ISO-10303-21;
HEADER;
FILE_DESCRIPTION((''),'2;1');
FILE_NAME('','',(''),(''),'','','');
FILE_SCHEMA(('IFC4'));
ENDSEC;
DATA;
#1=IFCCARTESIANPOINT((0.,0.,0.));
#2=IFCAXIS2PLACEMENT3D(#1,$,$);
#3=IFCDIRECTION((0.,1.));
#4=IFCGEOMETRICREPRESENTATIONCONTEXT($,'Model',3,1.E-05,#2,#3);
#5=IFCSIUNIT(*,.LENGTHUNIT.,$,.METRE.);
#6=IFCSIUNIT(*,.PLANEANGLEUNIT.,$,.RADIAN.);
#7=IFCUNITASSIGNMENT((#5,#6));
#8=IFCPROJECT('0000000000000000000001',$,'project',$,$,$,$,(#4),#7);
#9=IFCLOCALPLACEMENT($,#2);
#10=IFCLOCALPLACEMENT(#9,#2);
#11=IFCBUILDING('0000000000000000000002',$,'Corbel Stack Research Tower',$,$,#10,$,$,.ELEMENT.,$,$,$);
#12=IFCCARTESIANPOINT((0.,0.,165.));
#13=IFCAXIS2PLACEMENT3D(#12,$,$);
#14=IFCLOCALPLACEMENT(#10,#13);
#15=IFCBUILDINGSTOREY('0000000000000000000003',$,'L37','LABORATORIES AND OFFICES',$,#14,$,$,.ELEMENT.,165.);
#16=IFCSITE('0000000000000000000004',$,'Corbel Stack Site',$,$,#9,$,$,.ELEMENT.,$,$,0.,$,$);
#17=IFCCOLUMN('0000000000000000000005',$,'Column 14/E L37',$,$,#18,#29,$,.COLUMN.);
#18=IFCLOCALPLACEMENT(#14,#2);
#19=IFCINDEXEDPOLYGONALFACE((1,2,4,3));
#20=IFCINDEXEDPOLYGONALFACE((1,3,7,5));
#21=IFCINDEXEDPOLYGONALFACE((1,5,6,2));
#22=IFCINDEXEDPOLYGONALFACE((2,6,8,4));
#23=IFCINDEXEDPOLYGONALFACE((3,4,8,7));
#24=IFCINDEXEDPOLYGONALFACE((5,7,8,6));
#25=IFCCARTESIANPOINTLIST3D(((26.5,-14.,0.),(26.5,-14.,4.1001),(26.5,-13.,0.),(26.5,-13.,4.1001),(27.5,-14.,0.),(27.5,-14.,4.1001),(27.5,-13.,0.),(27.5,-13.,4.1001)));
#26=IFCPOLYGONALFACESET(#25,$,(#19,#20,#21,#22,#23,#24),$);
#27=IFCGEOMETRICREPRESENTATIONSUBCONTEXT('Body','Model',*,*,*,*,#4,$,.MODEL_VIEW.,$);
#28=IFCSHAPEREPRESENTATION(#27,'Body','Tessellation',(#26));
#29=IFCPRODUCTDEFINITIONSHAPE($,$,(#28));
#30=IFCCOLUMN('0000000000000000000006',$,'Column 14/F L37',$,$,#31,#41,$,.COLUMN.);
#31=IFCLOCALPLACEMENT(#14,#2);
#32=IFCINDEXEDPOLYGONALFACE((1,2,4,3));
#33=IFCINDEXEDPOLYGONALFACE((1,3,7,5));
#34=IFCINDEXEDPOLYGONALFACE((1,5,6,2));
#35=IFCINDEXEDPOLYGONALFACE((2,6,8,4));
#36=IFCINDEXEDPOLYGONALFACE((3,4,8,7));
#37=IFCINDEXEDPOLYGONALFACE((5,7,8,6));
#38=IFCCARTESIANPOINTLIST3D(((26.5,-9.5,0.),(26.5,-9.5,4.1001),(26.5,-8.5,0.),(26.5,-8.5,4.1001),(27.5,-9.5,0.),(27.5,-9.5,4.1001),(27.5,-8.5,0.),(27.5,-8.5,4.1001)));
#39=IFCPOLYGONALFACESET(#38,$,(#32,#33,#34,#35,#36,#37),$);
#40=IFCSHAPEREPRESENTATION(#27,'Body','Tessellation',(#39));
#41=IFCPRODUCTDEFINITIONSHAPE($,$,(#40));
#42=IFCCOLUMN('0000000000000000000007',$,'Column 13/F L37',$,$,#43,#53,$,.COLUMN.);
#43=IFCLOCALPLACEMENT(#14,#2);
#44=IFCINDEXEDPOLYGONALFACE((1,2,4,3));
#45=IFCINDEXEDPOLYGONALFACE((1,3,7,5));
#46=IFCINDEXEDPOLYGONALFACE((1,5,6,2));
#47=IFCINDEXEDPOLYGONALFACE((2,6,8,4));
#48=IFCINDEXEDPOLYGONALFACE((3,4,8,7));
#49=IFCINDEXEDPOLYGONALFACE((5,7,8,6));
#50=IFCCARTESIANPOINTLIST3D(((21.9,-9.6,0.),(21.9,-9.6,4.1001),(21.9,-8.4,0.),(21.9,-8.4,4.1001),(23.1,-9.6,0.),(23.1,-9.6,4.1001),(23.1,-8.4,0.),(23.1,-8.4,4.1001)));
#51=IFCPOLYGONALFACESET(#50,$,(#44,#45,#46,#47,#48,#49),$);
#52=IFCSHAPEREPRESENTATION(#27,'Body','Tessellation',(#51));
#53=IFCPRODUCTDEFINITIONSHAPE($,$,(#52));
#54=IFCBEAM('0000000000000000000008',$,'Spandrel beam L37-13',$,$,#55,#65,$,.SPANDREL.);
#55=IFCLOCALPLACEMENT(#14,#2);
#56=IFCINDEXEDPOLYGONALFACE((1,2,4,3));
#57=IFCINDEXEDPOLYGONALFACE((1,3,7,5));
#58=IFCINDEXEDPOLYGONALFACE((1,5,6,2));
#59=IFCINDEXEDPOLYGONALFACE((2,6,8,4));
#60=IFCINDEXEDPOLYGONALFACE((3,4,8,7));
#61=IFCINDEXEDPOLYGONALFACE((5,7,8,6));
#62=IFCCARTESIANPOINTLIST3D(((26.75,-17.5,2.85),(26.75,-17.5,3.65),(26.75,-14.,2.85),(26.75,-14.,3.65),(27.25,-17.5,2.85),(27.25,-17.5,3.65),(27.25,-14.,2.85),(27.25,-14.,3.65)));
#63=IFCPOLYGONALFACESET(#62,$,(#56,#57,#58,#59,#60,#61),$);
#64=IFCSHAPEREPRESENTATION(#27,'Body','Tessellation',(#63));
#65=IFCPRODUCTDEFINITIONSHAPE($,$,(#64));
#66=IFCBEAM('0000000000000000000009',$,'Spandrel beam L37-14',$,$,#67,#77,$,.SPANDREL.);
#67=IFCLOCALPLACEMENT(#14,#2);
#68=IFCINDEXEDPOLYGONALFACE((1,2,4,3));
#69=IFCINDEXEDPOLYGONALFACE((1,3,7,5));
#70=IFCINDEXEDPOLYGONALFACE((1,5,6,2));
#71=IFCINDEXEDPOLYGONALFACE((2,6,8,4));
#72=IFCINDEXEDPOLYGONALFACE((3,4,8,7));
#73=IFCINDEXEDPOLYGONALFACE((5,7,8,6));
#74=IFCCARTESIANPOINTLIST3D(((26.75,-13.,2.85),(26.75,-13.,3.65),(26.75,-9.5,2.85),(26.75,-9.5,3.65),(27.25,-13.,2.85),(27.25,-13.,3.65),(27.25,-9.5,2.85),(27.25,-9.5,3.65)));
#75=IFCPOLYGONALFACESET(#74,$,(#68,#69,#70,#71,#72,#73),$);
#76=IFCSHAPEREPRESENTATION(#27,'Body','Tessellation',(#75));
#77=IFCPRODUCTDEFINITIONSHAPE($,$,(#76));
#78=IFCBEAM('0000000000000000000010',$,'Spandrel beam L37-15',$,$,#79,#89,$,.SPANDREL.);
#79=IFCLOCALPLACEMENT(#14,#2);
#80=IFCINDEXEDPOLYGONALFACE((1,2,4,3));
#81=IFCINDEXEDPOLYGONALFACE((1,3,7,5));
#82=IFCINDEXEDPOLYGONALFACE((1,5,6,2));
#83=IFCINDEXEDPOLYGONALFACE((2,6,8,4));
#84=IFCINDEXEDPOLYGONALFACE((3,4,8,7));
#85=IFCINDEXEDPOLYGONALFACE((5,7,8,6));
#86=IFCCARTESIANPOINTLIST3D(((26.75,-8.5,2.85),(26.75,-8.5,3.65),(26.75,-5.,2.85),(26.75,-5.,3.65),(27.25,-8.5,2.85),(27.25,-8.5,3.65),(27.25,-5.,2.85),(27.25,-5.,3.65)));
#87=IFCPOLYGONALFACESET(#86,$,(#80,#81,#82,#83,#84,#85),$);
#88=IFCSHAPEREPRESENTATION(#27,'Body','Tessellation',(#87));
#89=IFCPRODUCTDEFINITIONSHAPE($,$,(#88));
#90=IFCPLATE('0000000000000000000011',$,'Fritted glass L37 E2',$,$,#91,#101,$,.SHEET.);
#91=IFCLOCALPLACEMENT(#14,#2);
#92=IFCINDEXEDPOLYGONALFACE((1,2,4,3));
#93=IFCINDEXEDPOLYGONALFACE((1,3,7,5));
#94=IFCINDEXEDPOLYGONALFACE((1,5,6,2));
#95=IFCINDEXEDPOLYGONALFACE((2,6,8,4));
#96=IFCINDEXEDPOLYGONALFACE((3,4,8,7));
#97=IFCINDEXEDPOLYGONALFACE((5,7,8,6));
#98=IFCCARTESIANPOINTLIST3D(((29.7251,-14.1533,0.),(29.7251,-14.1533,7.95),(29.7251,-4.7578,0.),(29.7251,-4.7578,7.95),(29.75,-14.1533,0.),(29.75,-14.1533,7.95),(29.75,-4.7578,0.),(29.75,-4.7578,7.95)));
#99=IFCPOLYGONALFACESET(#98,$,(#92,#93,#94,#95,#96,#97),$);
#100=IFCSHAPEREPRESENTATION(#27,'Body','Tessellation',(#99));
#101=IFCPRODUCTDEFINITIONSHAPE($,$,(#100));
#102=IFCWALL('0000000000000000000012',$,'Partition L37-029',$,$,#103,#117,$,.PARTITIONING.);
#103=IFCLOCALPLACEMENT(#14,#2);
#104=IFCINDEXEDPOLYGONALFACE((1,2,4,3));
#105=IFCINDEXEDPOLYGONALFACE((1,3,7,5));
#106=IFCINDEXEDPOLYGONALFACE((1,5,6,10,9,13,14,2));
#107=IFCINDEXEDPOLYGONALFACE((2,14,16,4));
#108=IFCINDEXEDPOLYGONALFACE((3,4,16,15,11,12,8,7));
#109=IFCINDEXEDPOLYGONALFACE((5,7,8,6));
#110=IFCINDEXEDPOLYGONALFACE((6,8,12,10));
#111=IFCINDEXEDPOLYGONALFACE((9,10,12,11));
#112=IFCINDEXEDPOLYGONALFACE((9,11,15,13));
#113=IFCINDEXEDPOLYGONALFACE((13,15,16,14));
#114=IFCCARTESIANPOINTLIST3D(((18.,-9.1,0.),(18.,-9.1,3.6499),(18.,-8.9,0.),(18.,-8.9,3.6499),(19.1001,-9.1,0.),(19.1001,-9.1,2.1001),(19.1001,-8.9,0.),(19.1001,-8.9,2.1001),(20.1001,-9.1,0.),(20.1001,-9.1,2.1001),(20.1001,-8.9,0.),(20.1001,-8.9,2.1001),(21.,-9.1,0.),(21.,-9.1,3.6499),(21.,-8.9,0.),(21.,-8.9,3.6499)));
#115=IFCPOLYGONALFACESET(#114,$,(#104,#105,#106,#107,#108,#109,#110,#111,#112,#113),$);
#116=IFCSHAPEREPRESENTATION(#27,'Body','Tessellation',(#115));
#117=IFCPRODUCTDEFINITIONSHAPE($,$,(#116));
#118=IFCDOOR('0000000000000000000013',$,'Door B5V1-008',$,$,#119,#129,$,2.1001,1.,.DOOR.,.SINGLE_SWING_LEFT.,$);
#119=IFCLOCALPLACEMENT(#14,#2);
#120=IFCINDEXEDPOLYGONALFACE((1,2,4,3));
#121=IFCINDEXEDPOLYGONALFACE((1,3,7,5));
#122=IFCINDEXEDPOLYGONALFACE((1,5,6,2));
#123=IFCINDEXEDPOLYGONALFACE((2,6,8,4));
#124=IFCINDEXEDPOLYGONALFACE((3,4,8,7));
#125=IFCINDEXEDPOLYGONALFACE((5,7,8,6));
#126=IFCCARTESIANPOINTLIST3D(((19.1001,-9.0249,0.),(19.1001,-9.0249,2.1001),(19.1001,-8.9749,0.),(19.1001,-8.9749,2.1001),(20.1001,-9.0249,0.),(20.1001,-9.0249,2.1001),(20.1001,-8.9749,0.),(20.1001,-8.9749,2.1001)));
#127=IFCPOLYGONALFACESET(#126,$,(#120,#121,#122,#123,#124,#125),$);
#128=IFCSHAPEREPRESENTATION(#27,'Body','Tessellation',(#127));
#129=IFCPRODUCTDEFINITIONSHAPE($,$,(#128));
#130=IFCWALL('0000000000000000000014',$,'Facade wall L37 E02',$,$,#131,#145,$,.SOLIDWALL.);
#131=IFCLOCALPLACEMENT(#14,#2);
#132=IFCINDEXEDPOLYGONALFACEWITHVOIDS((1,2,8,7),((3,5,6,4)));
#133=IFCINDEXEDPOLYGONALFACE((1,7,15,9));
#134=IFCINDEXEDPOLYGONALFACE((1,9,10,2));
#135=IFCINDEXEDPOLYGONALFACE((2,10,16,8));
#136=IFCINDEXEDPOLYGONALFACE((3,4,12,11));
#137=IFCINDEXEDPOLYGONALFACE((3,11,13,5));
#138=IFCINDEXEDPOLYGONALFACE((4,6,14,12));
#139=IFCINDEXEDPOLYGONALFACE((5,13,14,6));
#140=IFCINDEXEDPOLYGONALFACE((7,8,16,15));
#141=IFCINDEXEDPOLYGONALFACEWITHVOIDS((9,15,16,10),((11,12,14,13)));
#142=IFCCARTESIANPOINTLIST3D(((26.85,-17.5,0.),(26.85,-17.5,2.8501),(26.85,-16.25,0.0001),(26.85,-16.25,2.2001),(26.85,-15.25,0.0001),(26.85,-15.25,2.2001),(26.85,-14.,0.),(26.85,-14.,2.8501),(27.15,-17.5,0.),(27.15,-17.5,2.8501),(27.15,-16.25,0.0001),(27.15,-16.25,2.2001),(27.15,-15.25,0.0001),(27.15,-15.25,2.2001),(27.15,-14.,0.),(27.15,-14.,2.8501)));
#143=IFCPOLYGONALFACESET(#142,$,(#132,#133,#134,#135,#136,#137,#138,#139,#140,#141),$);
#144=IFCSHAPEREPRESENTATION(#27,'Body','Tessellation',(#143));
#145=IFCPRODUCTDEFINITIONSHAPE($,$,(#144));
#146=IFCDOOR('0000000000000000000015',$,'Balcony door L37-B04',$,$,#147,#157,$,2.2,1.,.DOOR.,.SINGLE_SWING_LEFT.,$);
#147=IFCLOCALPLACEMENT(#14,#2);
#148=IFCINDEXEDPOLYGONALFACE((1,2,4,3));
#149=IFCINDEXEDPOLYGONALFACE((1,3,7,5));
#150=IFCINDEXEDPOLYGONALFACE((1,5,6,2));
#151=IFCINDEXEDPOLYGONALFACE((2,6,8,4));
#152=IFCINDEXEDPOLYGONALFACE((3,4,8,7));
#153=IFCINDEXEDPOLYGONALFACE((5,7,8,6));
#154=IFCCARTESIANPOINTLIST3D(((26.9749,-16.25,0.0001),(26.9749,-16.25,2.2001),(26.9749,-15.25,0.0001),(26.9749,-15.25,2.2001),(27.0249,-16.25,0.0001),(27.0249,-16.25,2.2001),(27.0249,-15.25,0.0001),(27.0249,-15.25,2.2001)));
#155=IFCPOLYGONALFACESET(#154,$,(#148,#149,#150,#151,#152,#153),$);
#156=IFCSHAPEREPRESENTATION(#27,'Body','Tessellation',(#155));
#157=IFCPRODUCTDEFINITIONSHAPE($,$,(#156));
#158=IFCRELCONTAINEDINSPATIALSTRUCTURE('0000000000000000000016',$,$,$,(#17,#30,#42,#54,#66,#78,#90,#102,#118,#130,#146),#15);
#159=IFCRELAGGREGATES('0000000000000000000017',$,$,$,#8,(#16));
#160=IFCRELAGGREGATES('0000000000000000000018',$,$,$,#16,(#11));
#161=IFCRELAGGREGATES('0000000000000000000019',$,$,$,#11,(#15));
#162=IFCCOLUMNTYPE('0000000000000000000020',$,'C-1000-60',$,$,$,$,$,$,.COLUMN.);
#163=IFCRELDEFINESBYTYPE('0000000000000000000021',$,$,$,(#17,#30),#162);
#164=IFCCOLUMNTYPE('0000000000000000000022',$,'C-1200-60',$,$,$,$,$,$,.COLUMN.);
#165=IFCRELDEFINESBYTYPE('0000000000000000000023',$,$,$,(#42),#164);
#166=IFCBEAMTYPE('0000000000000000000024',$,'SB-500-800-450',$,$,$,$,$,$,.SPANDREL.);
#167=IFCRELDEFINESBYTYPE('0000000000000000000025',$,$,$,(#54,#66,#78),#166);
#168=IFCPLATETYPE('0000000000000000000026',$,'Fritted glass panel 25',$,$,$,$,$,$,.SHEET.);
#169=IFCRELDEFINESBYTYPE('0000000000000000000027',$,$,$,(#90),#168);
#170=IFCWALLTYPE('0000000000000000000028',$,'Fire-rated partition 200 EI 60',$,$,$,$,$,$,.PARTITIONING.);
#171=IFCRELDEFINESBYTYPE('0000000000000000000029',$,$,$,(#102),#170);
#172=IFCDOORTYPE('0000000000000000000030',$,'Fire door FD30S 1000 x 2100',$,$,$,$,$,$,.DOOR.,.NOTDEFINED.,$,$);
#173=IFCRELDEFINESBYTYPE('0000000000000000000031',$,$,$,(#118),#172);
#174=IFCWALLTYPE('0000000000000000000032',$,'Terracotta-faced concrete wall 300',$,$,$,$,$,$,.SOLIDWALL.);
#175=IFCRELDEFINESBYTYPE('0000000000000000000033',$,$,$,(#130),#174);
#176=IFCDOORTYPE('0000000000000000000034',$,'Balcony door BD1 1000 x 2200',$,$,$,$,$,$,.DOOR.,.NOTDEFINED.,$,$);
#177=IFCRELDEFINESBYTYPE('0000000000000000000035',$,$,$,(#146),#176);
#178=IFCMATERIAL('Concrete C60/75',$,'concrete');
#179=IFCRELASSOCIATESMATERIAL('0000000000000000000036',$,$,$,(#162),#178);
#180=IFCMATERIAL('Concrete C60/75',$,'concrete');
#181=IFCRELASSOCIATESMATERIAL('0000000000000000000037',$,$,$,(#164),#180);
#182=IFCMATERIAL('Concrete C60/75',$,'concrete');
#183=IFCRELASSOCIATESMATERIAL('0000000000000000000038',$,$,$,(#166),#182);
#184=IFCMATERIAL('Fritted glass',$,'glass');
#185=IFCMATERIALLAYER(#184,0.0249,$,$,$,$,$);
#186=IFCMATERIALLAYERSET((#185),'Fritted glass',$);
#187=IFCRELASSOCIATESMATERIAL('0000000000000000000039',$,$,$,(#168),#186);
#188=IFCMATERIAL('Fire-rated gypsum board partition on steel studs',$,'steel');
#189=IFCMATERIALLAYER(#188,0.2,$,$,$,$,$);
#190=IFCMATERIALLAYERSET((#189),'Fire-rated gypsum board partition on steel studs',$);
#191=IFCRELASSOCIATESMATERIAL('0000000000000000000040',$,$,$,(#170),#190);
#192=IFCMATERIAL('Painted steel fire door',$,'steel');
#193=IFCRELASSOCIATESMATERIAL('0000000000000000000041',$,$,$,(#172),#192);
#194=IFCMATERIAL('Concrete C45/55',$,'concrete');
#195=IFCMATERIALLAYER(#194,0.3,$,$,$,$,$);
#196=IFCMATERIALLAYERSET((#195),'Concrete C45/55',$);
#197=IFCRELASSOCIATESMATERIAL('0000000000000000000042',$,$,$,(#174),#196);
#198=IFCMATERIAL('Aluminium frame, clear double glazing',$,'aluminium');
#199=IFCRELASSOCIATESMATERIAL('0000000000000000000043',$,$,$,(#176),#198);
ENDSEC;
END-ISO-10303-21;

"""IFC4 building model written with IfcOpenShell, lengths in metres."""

from ifc_helpers import new_model, si_unit, direction, frame, frame_2d, origin, origin_2d, place, context, subcontext, project, spatial, rectangle, extrude, material, layer, layer_set, material_profile, profile_set, type_object, element, fill, save


model = new_model("IFC4")

# Units and contexts
model_context = context("Model", 3, precision=1e-05, world=origin(), true_north=direction((0.0, 1.0)))
body_context = subcontext(model_context, "Body", "Model", "MODEL_VIEW")
ifc_project = project(units=[si_unit("LENGTHUNIT", "METRE"), si_unit("PLANEANGLEUNIT", "RADIAN")], contexts=[model_context])

# Site, building, storey
site_placement = place(None, origin())
site = spatial("IfcSite", under=ifc_project, at=site_placement, Name="Corbel Stack Site", CompositionType="ELEMENT", RefElevation=0.0)
building_placement = place(site_placement, origin())
building = spatial("IfcBuilding", under=site, at=building_placement, Name="Corbel Stack Research Tower", CompositionType="ELEMENT")
storey_placement = place(building_placement, frame((0.0, 0.0, 165.0)))
storey = spatial("IfcBuildingStorey", under=building, at=storey_placement, Name="L37", Description="LABORATORIES AND OFFICES", CompositionType="ELEMENT", Elevation=165.0)

# Columns
ifc_material_1 = material(Name="Concrete C60/75", Category="concrete")
ifc_material_profile_1 = material_profile(ifc_material_1, rectangle(XDim=1.0, YDim=1.0, at=origin_2d()), Name="RC 1000 x 1000")
ifc_profile_set_1 = profile_set([ifc_material_profile_1], Name="Concrete C60/75")
column_type_1 = type_object("IfcColumnType", Name="C-1000-60", PredefinedType="COLUMN", material=ifc_profile_set_1)
for number, where, z_axis, x_axis, name in (
    (1, (27.0, -13.5, 0.0), (0.0, 0.0, 1.0), (1.0, 0.0, 0.0), "Column 14/E L37"),
    (2, (27.0, -9.0, 0.0), (0.0, 0.0, 1.0), (1.0, 0.0, 0.0), "Column 14/F L37"),
):
    element("IfcColumn", number, at=place(storey_placement, frame(where, z_axis=z_axis, x_axis=x_axis)), inside=storey, type_object=column_type_1, Name=name, PredefinedType="COLUMN", context=body_context, shape_type="SweptSolid", body=[
        extrude(rectangle(XDim=1.0, YDim=1.0, at=origin_2d()), origin(), (0.0, 0.0, 1.0), 4.1001),
    ])
ifc_material_2 = material(Name="Concrete C60/75", Category="concrete")
ifc_material_profile_2 = material_profile(ifc_material_2, rectangle(XDim=1.2, YDim=1.2, at=origin_2d()), Name="RC 1200 x 1200")
ifc_profile_set_2 = profile_set([ifc_material_profile_2], Name="Concrete C60/75")
column_type_2 = type_object("IfcColumnType", Name="C-1200-60", PredefinedType="COLUMN", material=ifc_profile_set_2)
column_placement = place(storey_placement, frame((22.5, -9.0, 0.0), z_axis=(0.0, 0.0, 1.0), x_axis=(1.0, 0.0, 0.0)))
element("IfcColumn", 3, at=column_placement, inside=storey, type_object=column_type_2, Name="Column 13/F L37", PredefinedType="COLUMN", context=body_context, shape_type="SweptSolid", body=[
    extrude(rectangle(XDim=1.2, YDim=1.2, at=origin_2d()), origin(), (0.0, 0.0, 1.0), 4.1001),
])

# Beams
ifc_material_3 = material(Name="Concrete C60/75", Category="concrete")
ifc_material_profile_3 = material_profile(ifc_material_3, rectangle(XDim=0.5, YDim=0.8, at=origin_2d()), Name="RC 500 x 800")
ifc_profile_set_3 = profile_set([ifc_material_profile_3], Name="Concrete C60/75")
beam_type = type_object("IfcBeamType", Name="SB-500-800-450", PredefinedType="SPANDREL", material=ifc_profile_set_3)
for number, where, z_axis, x_axis, name in (
    (4, (27.0, -17.5, 3.25), (0.0, 1.0, 0.0), (-1.0, 0.0, 0.0), "Spandrel beam L37-13"),
    (5, (27.0, -13.0, 3.25), (0.0, 1.0, 0.0), (-1.0, 0.0, 0.0), "Spandrel beam L37-14"),
    (6, (27.0, -8.5, 3.25), (0.0, 1.0, 0.0), (-1.0, 0.0, 0.0), "Spandrel beam L37-15"),
):
    element("IfcBeam", number, at=place(storey_placement, frame(where, z_axis=z_axis, x_axis=x_axis)), inside=storey, type_object=beam_type, Name=name, PredefinedType="SPANDREL", context=body_context, shape_type="SweptSolid", body=[
        extrude(rectangle(XDim=0.5, YDim=0.8, at=origin_2d()), origin(), (0.0, 0.0, 1.0), 3.5),
    ])

# Plate
ifc_material_4 = material(Name="Fritted glass", Category="glass")
ifc_layer_1 = layer(ifc_material_4, 0.0249)
ifc_layer_set_1 = layer_set([ifc_layer_1], Name="Fritted glass")
plate_type = type_object("IfcPlateType", Name="Fritted glass panel 25", PredefinedType="SHEET", material=ifc_layer_set_1)
plate_placement = place(storey_placement, frame((29.7375, -9.4556, 0.0), z_axis=(0.0, 0.0, 1.0), x_axis=(0.0, 1.0, 0.0)))
element("IfcPlate", 7, at=plate_placement, inside=storey, type_object=plate_type, Name="Fritted glass L37 E2", PredefinedType="SHEET", context=body_context, shape_type="SweptSolid", body=[
    extrude(rectangle(XDim=9.3955, YDim=0.0249, at=origin_2d()), origin(), (0.0, 0.0, 1.0), 7.95),
])

# Walls, openings, doors
ifc_material_5 = material(Name="Fire-rated gypsum board partition on steel studs", Category="steel")
ifc_layer_2 = layer(ifc_material_5, 0.2)
ifc_layer_set_2 = layer_set([ifc_layer_2], Name="Fire-rated gypsum board partition on steel studs")
wall_type_1 = type_object("IfcWallType", Name="Fire-rated partition 200 EI 60", PredefinedType="PARTITIONING", material=ifc_layer_set_2)
wall_1_placement = place(storey_placement, frame((21.0, -9.0, 0.0), z_axis=(0.0, 0.0, 1.0), x_axis=(-1.0, 0.0, 0.0)))
wall_1 = element("IfcWall", 8, at=wall_1_placement, inside=storey, type_object=wall_type_1, Name="Partition L37-029", PredefinedType="PARTITIONING", context=body_context, shape_type="SweptSolid", body=[
    extrude(rectangle(XDim=3.0, YDim=0.2, at=frame_2d((1.5, 0.0))), origin(), (0.0, 0.0, 1.0), 3.6499),
])
opening_1_placement = place(wall_1_placement, frame((0.8999, 0.0, 0.0)))
opening_1 = element("IfcOpeningElement", 9, at=opening_1_placement, cuts=wall_1, PredefinedType="OPENING", context=body_context, shape_type="SweptSolid", body=[
    extrude(rectangle(XDim=1.0, YDim=2.1001, at=frame_2d((0.5, 1.05))), frame((0.0, 0.1099, 0.0), z_axis=(0.0, -1.0, 0.0), x_axis=(1.0, 0.0, 0.0)), (0.0, 0.0, 1.0), 0.22),
])
ifc_material_6 = material(Name="Painted steel fire door", Category="steel")
door_type_1 = type_object("IfcDoorType", Name="Fire door FD30S 1000 x 2100", OperationType="NOTDEFINED", PredefinedType="DOOR", material=ifc_material_6)
door_1_placement = place(opening_1_placement, origin())
door_1 = element("IfcDoor", 10, at=door_1_placement, inside=storey, type_object=door_type_1, Name="Door B5V1-008", OperationType="SINGLE_SWING_LEFT", OverallHeight=2.1001, OverallWidth=1.0, PredefinedType="DOOR", context=body_context, shape_type="SweptSolid", body=[
    extrude(rectangle(XDim=1.0, YDim=2.1001, at=frame_2d((0.5, 1.05))), frame((0.0, 0.0249, 0.0), z_axis=(0.0, -1.0, 0.0), x_axis=(1.0, 0.0, 0.0)), (0.0, 0.0, 1.0), 0.05),
])
fill(opening_1, door_1)
ifc_material_7 = material(Name="Concrete C45/55", Category="concrete")
ifc_layer_3 = layer(ifc_material_7, 0.3)
ifc_layer_set_3 = layer_set([ifc_layer_3], Name="Concrete C45/55")
wall_type_2 = type_object("IfcWallType", Name="Terracotta-faced concrete wall 300", PredefinedType="SOLIDWALL", material=ifc_layer_set_3)
wall_2_placement = place(storey_placement, frame((27.0, -14.0, 0.0), z_axis=(0.0, 0.0, 1.0), x_axis=(0.0, -1.0, 0.0)))
wall_2 = element("IfcWall", 11, at=wall_2_placement, inside=storey, type_object=wall_type_2, Name="Facade wall L37 E02", PredefinedType="SOLIDWALL", context=body_context, shape_type="SweptSolid", body=[
    extrude(rectangle(XDim=3.5, YDim=0.3, at=frame_2d((1.75, 0.0))), origin(), (0.0, 0.0, 1.0), 2.8501),
])
opening_2_placement = place(wall_2_placement, frame((1.25, 0.0, 0.0)))
opening_2 = element("IfcOpeningElement", 12, at=opening_2_placement, cuts=wall_2, PredefinedType="OPENING", context=body_context, shape_type="SweptSolid", body=[
    extrude(rectangle(XDim=1.0, YDim=2.2, at=frame_2d((0.5, 1.1001))), frame((0.0, 0.1599, 0.0), z_axis=(0.0, -1.0, 0.0), x_axis=(1.0, 0.0, 0.0)), (0.0, 0.0, 1.0), 0.3201),
])
ifc_material_8 = material(Name="Aluminium frame, clear double glazing", Category="aluminium")
door_type_2 = type_object("IfcDoorType", Name="Balcony door BD1 1000 x 2200", OperationType="NOTDEFINED", PredefinedType="DOOR", material=ifc_material_8)
door_2_placement = place(opening_2_placement, origin())
door_2 = element("IfcDoor", 13, at=door_2_placement, inside=storey, type_object=door_type_2, Name="Balcony door L37-B04", OperationType="SINGLE_SWING_LEFT", OverallHeight=2.2, OverallWidth=1.0, PredefinedType="DOOR", context=body_context, shape_type="SweptSolid", body=[
    extrude(rectangle(XDim=1.0, YDim=2.2, at=frame_2d((0.5, 1.1001))), frame((0.0, 0.0249, 0.0), z_axis=(0.0, -1.0, 0.0), x_axis=(1.0, 0.0, 0.0)), (0.0, 0.0, 1.0), 0.05),
])
fill(opening_2, door_2)

save(model, "model.ifc")
